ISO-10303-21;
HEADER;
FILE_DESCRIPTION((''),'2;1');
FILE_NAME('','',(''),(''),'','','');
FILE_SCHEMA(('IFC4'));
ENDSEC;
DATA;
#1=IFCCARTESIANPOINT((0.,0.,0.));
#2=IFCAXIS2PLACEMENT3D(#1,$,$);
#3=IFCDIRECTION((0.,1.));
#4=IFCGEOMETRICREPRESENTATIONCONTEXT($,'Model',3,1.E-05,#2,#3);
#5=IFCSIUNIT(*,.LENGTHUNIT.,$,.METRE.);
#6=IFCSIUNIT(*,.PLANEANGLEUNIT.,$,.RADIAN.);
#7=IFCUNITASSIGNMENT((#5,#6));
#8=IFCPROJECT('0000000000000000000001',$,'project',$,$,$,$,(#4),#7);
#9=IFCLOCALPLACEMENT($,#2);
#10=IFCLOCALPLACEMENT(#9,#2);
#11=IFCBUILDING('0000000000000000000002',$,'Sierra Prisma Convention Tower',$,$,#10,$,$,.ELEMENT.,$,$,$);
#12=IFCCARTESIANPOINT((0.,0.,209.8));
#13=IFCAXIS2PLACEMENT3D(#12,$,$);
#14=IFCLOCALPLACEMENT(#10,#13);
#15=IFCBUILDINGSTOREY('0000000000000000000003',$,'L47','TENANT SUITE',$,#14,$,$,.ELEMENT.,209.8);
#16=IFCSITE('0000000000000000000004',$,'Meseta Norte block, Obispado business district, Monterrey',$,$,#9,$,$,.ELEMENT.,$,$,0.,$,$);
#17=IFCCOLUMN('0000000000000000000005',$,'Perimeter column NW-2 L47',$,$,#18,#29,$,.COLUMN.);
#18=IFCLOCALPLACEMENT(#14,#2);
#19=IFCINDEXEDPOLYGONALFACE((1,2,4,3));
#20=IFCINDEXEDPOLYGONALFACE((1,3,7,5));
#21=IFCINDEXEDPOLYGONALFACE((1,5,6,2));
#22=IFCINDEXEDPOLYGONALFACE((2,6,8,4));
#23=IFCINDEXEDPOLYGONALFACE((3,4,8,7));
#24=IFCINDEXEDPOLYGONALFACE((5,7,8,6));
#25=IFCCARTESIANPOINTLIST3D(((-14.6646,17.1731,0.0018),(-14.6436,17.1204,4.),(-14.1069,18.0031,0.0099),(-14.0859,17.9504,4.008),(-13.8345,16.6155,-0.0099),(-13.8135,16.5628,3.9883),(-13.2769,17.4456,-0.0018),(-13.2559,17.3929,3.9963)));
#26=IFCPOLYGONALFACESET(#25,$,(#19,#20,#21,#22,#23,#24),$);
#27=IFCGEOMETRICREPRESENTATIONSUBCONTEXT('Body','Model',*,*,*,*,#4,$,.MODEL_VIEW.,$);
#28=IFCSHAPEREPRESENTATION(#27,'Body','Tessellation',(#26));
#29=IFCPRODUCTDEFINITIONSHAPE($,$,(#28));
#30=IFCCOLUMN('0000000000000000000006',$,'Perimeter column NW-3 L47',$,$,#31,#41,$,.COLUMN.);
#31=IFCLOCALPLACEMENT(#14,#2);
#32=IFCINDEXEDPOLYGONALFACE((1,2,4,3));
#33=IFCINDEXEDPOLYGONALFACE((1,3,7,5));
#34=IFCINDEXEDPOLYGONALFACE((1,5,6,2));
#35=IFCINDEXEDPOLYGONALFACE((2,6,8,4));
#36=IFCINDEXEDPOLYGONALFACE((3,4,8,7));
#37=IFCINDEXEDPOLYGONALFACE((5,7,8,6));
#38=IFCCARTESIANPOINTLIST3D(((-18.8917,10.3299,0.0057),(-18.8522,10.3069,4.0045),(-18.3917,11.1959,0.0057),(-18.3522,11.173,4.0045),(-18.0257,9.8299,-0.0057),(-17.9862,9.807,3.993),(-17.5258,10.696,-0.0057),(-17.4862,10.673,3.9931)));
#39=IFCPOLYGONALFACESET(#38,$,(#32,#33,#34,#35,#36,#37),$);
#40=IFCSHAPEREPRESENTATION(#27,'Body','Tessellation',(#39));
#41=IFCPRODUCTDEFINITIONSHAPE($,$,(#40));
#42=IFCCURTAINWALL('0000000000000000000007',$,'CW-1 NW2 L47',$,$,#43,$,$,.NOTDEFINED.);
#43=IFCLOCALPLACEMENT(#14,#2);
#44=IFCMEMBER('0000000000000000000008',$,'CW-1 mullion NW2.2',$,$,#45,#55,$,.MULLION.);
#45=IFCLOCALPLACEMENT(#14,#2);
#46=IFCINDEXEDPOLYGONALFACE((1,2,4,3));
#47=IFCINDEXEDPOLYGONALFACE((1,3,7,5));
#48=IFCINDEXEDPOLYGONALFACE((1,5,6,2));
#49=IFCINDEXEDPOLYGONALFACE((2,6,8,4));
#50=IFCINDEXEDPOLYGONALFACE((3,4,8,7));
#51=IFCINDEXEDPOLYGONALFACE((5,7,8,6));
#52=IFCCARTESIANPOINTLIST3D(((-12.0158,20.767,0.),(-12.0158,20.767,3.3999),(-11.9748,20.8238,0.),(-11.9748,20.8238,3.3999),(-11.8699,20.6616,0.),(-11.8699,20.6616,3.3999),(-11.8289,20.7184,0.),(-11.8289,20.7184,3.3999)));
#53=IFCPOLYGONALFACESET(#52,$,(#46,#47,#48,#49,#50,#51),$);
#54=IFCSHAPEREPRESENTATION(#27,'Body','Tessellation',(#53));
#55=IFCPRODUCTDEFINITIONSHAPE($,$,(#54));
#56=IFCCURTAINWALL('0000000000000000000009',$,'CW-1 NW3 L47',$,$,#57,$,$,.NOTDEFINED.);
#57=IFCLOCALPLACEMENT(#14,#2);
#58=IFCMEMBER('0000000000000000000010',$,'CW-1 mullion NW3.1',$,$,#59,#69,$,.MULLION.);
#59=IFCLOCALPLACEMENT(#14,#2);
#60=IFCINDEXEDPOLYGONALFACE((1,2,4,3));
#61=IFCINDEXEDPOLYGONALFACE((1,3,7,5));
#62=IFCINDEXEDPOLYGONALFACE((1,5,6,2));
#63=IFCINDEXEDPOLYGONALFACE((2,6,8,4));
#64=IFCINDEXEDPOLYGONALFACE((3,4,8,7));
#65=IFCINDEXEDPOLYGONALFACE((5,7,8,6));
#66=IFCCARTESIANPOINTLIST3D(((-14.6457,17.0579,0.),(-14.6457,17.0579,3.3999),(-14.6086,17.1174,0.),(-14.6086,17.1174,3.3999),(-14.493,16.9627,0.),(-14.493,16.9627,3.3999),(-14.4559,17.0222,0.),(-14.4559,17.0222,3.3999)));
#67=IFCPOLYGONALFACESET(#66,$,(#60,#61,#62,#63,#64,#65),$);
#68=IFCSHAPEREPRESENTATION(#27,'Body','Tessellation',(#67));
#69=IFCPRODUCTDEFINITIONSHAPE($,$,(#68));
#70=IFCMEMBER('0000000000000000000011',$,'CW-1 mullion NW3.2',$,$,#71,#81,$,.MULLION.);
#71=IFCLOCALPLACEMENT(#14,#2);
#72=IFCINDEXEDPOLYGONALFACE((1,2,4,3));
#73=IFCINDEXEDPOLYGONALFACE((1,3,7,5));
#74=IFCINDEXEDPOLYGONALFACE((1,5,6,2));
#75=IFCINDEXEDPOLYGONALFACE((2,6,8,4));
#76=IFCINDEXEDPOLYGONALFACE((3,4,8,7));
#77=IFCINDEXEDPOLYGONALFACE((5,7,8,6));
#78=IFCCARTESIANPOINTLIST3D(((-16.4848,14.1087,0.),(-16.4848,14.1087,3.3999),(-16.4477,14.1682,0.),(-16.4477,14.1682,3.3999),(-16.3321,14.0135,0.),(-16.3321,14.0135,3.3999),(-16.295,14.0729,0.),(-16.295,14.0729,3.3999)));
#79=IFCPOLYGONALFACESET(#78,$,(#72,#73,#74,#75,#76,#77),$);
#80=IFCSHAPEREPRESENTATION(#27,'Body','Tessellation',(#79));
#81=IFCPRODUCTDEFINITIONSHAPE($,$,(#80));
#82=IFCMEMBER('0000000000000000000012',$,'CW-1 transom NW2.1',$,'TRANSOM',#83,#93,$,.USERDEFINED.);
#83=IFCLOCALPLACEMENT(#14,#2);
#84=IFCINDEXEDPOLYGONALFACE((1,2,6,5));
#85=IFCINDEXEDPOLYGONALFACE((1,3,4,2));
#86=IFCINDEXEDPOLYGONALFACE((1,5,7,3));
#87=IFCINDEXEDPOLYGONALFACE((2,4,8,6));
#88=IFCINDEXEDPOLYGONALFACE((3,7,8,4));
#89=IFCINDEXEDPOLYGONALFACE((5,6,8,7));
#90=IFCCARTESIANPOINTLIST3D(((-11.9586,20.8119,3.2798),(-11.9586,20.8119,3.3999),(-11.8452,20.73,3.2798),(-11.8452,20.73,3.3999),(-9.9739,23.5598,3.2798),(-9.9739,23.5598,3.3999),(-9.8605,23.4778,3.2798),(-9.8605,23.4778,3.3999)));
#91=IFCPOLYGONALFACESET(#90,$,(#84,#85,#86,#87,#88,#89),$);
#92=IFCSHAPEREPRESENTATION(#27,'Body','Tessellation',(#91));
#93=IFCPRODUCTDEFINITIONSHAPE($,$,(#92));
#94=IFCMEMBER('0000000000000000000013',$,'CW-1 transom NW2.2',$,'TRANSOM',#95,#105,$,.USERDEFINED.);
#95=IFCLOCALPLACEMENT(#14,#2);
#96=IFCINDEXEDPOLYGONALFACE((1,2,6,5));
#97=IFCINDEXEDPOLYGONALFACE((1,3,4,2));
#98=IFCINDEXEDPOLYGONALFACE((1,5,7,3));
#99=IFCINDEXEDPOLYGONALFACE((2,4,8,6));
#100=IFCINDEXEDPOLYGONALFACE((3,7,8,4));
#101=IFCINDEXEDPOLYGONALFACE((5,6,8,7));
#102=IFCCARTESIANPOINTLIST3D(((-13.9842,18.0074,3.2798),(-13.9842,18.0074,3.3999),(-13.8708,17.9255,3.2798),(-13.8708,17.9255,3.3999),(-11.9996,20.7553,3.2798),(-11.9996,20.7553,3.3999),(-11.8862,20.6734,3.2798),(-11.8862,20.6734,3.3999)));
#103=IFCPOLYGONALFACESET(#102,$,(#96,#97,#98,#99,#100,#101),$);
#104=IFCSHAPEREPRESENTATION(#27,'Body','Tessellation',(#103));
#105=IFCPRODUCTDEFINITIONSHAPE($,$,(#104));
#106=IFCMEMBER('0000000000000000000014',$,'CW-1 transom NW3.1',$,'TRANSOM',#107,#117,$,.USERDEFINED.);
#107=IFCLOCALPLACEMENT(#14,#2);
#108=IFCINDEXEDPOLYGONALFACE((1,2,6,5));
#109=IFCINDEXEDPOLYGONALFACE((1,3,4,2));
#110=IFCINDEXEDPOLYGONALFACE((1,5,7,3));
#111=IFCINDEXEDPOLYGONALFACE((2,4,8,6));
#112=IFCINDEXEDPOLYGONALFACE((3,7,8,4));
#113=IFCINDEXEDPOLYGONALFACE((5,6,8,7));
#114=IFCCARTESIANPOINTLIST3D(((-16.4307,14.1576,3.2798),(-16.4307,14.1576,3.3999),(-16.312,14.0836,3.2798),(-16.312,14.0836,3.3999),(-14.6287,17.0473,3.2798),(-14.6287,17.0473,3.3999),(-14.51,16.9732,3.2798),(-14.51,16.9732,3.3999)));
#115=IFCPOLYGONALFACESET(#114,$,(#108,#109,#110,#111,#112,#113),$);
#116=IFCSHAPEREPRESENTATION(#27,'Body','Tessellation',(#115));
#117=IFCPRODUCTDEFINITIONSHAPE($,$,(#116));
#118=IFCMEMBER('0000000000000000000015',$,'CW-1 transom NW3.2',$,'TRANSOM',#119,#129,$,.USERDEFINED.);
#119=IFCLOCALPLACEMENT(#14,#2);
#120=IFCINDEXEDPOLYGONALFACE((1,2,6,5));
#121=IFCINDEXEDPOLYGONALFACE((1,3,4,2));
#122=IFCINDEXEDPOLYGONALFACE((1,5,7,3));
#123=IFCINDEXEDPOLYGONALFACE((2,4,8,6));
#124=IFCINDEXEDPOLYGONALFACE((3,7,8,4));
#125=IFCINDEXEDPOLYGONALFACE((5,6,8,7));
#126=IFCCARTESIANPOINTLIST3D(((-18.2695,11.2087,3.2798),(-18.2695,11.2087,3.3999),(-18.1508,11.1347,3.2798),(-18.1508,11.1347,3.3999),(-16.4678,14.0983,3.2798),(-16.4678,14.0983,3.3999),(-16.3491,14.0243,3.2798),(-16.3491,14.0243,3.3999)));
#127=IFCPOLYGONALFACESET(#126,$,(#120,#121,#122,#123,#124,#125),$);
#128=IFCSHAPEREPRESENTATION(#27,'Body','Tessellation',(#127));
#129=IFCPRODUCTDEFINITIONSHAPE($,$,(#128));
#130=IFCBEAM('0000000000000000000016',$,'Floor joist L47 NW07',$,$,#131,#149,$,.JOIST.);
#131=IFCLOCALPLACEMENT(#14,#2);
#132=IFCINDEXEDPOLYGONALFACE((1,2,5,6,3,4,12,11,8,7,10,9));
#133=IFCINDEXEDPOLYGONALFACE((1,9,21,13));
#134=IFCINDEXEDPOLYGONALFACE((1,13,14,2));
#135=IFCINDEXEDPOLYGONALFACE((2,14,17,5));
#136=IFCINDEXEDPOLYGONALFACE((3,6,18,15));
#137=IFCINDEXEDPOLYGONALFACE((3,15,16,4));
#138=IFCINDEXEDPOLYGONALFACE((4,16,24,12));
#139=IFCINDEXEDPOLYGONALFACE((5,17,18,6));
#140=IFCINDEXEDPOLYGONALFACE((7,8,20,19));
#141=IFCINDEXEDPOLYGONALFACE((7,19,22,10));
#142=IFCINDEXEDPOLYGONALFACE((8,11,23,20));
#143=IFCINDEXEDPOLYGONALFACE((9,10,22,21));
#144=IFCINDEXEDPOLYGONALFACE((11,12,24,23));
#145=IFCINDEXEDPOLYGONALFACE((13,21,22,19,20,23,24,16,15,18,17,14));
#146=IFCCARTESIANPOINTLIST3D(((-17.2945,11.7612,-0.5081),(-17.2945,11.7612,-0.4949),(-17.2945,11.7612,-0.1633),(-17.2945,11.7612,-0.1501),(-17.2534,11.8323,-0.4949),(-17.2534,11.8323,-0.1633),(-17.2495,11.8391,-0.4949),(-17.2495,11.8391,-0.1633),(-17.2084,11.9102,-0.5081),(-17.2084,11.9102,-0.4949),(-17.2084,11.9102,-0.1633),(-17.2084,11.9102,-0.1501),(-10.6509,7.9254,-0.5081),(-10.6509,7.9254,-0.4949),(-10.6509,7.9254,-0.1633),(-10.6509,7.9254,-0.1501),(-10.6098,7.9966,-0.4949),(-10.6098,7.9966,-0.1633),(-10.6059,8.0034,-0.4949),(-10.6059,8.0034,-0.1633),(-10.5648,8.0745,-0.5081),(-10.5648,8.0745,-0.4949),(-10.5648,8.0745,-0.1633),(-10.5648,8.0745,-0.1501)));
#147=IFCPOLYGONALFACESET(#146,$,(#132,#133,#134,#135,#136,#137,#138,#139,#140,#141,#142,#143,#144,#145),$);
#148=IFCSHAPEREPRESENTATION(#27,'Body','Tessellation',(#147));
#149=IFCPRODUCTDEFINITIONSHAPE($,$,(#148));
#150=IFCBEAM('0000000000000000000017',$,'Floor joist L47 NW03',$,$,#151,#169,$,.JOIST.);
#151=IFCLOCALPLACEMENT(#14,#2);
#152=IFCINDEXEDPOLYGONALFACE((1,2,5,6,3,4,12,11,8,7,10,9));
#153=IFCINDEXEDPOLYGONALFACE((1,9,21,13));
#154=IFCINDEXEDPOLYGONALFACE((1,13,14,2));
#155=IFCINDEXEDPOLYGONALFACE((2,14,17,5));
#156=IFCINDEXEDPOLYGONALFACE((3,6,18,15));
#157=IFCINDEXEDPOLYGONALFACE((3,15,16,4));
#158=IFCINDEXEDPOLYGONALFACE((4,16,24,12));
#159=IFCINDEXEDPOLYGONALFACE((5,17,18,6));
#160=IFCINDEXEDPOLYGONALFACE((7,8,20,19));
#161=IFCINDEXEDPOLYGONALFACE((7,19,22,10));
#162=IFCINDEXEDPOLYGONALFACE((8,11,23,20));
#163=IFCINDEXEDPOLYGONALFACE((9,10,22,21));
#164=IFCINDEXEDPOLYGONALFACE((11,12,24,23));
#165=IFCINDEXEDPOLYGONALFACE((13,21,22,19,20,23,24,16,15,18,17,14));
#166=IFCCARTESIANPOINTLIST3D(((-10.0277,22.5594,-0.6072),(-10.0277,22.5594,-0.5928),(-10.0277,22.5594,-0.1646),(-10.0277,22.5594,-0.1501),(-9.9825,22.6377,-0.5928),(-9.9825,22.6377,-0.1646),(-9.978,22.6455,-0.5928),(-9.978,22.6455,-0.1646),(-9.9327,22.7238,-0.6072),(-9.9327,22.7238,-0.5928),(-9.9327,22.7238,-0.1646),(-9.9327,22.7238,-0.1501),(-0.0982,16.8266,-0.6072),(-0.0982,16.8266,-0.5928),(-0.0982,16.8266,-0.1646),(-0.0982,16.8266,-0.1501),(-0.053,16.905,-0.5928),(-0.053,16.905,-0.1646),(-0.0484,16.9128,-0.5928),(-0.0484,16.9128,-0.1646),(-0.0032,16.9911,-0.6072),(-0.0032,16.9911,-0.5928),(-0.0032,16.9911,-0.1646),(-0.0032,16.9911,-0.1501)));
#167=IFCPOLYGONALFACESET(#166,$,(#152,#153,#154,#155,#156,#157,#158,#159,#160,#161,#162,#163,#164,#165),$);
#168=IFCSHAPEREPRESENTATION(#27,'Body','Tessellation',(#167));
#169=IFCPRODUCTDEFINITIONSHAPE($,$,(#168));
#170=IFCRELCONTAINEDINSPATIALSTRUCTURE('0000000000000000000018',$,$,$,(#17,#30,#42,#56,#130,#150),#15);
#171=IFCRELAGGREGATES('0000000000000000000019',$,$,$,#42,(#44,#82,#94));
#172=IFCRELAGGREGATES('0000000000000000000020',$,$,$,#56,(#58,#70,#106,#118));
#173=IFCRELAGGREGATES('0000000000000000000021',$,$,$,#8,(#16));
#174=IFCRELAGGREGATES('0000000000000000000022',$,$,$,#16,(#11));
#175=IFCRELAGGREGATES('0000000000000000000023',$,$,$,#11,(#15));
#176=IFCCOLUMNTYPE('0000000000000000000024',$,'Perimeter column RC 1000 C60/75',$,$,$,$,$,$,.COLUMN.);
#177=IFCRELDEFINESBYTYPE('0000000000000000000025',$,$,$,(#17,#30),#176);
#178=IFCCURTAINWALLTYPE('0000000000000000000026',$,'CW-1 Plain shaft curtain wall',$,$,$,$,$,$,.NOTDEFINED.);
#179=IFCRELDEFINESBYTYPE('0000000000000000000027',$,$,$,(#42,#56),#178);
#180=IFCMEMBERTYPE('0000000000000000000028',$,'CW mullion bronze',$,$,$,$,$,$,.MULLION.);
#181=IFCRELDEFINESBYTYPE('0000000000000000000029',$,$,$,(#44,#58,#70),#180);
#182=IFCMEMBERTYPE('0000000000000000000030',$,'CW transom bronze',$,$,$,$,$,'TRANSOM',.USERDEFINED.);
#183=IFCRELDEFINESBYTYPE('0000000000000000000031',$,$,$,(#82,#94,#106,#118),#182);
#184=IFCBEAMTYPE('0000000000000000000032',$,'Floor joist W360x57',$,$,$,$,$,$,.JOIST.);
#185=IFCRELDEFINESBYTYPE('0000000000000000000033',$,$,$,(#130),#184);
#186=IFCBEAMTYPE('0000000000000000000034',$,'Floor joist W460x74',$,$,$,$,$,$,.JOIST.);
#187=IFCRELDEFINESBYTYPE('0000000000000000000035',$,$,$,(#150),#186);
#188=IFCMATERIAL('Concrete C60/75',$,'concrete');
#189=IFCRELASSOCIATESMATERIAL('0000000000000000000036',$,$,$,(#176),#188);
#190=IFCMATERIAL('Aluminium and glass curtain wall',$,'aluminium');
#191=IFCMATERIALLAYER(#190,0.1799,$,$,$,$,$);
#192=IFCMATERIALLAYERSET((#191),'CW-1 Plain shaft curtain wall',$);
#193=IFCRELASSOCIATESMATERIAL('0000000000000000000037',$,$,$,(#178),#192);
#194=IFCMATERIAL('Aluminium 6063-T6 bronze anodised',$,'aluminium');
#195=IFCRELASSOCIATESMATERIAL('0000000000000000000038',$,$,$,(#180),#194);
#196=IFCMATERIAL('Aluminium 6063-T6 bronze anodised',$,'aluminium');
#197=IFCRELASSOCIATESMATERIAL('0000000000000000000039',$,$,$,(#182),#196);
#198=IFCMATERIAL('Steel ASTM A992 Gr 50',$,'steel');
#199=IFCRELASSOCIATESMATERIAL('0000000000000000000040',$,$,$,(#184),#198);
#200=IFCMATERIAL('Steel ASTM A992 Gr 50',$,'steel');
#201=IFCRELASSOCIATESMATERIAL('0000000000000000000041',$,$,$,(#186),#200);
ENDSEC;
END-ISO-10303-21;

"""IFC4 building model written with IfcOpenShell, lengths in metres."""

from ifc_helpers import new_model, si_unit, direction, frame, origin, origin_2d, place, context, subcontext, project, spatial, rectangle, i_section, extrude, clip, halfspace, material, layer, layer_set, material_profile, profile_set, type_object, element, aggregate, save


model = new_model("IFC4")

# Units and contexts
model_context = context("Model", 3, precision=1e-05, world=origin(), true_north=direction((0.0, 1.0)))
body_context = subcontext(model_context, "Body", "Model", "MODEL_VIEW")
ifc_project = project(units=[si_unit("LENGTHUNIT", "METRE"), si_unit("PLANEANGLEUNIT", "RADIAN")], contexts=[model_context])

# Site, building, storey
site_placement = place(None, origin())
site = spatial("IfcSite", under=ifc_project, at=site_placement, Name="Meseta Norte block, Obispado business district, Monterrey", CompositionType="ELEMENT", RefElevation=0.0)
building_placement = place(site_placement, origin())
building = spatial("IfcBuilding", under=site, at=building_placement, Name="Sierra Prisma Convention Tower", CompositionType="ELEMENT")
storey_placement = place(building_placement, frame((0.0, 0.0, 209.8)))
storey = spatial("IfcBuildingStorey", under=building, at=storey_placement, Name="L47", Description="TENANT SUITE", CompositionType="ELEMENT", Elevation=209.8)

# Columns
ifc_material_1 = material(Name="Concrete C60/75", Category="concrete")
ifc_material_profile_1 = material_profile(ifc_material_1, rectangle(XDim=1.0, YDim=1.0, at=origin_2d()), Name="Perimeter column RC 1000 C60/75")
ifc_profile_set_1 = profile_set([ifc_material_profile_1], Name="Concrete C60/75")
column_type = type_object("IfcColumnType", Name="Perimeter column RC 1000 C60/75", PredefinedType="COLUMN", material=ifc_profile_set_1)
column_1_placement = place(storey_placement, frame((-13.9707, 17.3093, 0.0), z_axis=(0.005248, -0.013182, 0.999899), x_axis=(0.557639, 0.830045, 0.008016)))
element("IfcColumn", 1, at=column_1_placement, inside=storey, type_object=column_type, Name="Perimeter column NW-2 L47", PredefinedType="COLUMN", context=body_context, shape_type="SweptSolid", body=[
    clip(extrude(rectangle(XDim=1.0, YDim=1.0, at=origin_2d()), origin(), (0.0, 0.0, 1.0), 4.0005), halfspace(frame((0.0, 0.0, 3.9985)), False)),
])
column_2_placement = place(storey_placement, frame((-18.2087, 10.5129, 0.0), z_axis=(0.009887, -0.005737, 0.999935), x_axis=(0.499976, 0.86604, 0.000025)))
element("IfcColumn", 2, at=column_2_placement, inside=storey, type_object=column_type, Name="Perimeter column NW-3 L47", PredefinedType="COLUMN", context=body_context, shape_type="SweptSolid", body=[
    clip(extrude(rectangle(XDim=1.0, YDim=1.0, at=origin_2d()), origin(), (0.0, 0.0, 1.0), 4.0002), halfspace(frame((0.0, 0.0, 3.999)), False)),
])

# Curtain wall, member
ifc_material_2 = material(Name="Aluminium and glass curtain wall", Category="aluminium")
ifc_layer_1 = layer(ifc_material_2, 0.1799)
ifc_layer_set_1 = layer_set([ifc_layer_1], Name="CW-1 Plain shaft curtain wall")
curtain_wall_type = type_object("IfcCurtainWallType", Name="CW-1 Plain shaft curtain wall", PredefinedType="NOTDEFINED", material=ifc_layer_set_1)
curtain_wall_1_placement = place(storey_placement, origin())
curtain_wall_1 = element("IfcCurtainWall", 3, at=curtain_wall_1_placement, inside=storey, type_object=curtain_wall_type, Name="CW-1 NW2 L47", PredefinedType="NOTDEFINED")
ifc_material_3 = material(Name="Aluminium 6063-T6 bronze anodised", Category="aluminium")
ifc_material_profile_2 = material_profile(ifc_material_3, rectangle(XDim=0.1799, YDim=0.0701, at=origin_2d()), Name="ALU MULLION 70x180")
ifc_profile_set_2 = profile_set([ifc_material_profile_2], Name="Aluminium 6063-T6 bronze anodised")
member_type_1 = type_object("IfcMemberType", Name="CW mullion bronze", PredefinedType="MULLION", material=ifc_profile_set_2)
member_1_placement = place(storey_placement, frame((-11.9224, 20.7427, 0.0), z_axis=(0.0, 0.0, 1.0), x_axis=(0.810658, -0.58552, 0.0)))
member_1 = element("IfcMember", 4, at=member_1_placement, type_object=member_type_1, Name="CW-1 mullion NW2.2", PredefinedType="MULLION", context=body_context, shape_type="SweptSolid", body=[
    extrude(rectangle(XDim=0.1799, YDim=0.0701, at=origin_2d()), origin(), (0.0, 0.0, 1.0), 3.3999),
])

# Curtain wall, members
curtain_wall_2_placement = place(storey_placement, origin())
curtain_wall_2 = element("IfcCurtainWall", 5, at=curtain_wall_2_placement, inside=storey, type_object=curtain_wall_type, Name="CW-1 NW3 L47", PredefinedType="NOTDEFINED")
member_2_placement = place(storey_placement, frame((-14.5508, 17.04, 0.0), z_axis=(0.0, 0.0, 1.0), x_axis=(0.848542, -0.529128, 0.0)))
member_2 = element("IfcMember", 6, at=member_2_placement, type_object=member_type_1, Name="CW-1 mullion NW3.1", PredefinedType="MULLION", context=body_context, shape_type="SweptSolid", body=[
    extrude(rectangle(XDim=0.1799, YDim=0.0701, at=origin_2d()), origin(), (0.0, 0.0, 1.0), 3.3999),
])
member_3_placement = place(storey_placement, frame((-16.3899, 14.0908, 0.0), z_axis=(0.0, 0.0, 1.0), x_axis=(0.848542, -0.529128, 0.0)))
member_3 = element("IfcMember", 7, at=member_3_placement, type_object=member_type_1, Name="CW-1 mullion NW3.2", PredefinedType="MULLION", context=body_context, shape_type="SweptSolid", body=[
    extrude(rectangle(XDim=0.1799, YDim=0.0701, at=origin_2d()), origin(), (0.0, 0.0, 1.0), 3.3999),
])

# Members
ifc_material_4 = material(Name="Aluminium 6063-T6 bronze anodised", Category="aluminium")
ifc_material_profile_3 = material_profile(ifc_material_4, rectangle(XDim=0.1399, YDim=0.1201, at=origin_2d()), Name="ALU TRANSOM 120x140")
ifc_profile_set_3 = profile_set([ifc_material_profile_3], Name="Aluminium 6063-T6 bronze anodised")
member_type_2 = type_object("IfcMemberType", Name="CW transom bronze", ElementType="TRANSOM", PredefinedType="USERDEFINED", material=ifc_profile_set_3)
member_4_placement = place(storey_placement, frame((-9.9172, 23.5188, 3.3398), z_axis=(-0.585509, -0.810666, 0.0), x_axis=(0.810666, -0.585509, 0.0)))
member_4 = element("IfcMember", 8, at=member_4_placement, type_object=member_type_2, Name="CW-1 transom NW2.1", ObjectType="TRANSOM", PredefinedType="USERDEFINED", context=body_context, shape_type="SweptSolid", body=[
    extrude(rectangle(XDim=0.1399, YDim=0.1201, at=origin_2d()), origin(), (0.0, 0.0, 1.0), 3.3896),
])
member_5_placement = place(storey_placement, frame((-11.9429, 20.7144, 3.3398), z_axis=(-0.585509, -0.810666, 0.0), x_axis=(0.810666, -0.585509, 0.0)))
member_5 = element("IfcMember", 9, at=member_5_placement, type_object=member_type_2, Name="CW-1 transom NW2.2", ObjectType="TRANSOM", PredefinedType="USERDEFINED", context=body_context, shape_type="SweptSolid", body=[
    extrude(rectangle(XDim=0.1399, YDim=0.1201, at=origin_2d()), origin(), (0.0, 0.0, 1.0), 3.3896),
])
member_6_placement = place(storey_placement, frame((-14.5693, 17.0103, 3.3398), z_axis=(-0.529148, -0.84853, 0.0), x_axis=(0.84853, -0.529148, 0.0)))
member_6 = element("IfcMember", 10, at=member_6_placement, type_object=member_type_2, Name="CW-1 transom NW3.1", ObjectType="TRANSOM", PredefinedType="USERDEFINED", context=body_context, shape_type="SweptSolid", body=[
    extrude(rectangle(XDim=0.1399, YDim=0.1201, at=origin_2d()), origin(), (0.0, 0.0, 1.0), 3.4055),
])
member_7_placement = place(storey_placement, frame((-16.4084, 14.0613, 3.3398), z_axis=(-0.529096, -0.848562, 0.0), x_axis=(0.848562, -0.529096, 0.0)))
member_7 = element("IfcMember", 11, at=member_7_placement, type_object=member_type_2, Name="CW-1 transom NW3.2", ObjectType="TRANSOM", PredefinedType="USERDEFINED", context=body_context, shape_type="SweptSolid", body=[
    extrude(rectangle(XDim=0.1399, YDim=0.1201, at=origin_2d()), origin(), (0.0, 0.0, 1.0), 3.4053),
])

# Beams
ifc_material_5 = material(Name="Steel ASTM A992 Gr 50", Category="steel")
ifc_material_profile_4 = material_profile(ifc_material_5, i_section(OverallWidth=0.1721, OverallDepth=0.3579, WebThickness=0.0078, FlangeThickness=0.0132, at=origin_2d()), Name="W360x57")
ifc_profile_set_4 = profile_set([ifc_material_profile_4], Name="Steel ASTM A992 Gr 50")
beam_type_1 = type_object("IfcBeamType", Name="Floor joist W360x57", PredefinedType="JOIST", material=ifc_profile_set_4)
beam_1_placement = place(storey_placement, frame((-17.2515, 11.8357, -0.3291), z_axis=(0.866023, -0.500003, 0.0), x_axis=(0.500003, 0.866023, 0.0)))
element("IfcBeam", 12, at=beam_1_placement, inside=storey, type_object=beam_type_1, Name="Floor joist L47 NW07", PredefinedType="JOIST", context=body_context, shape_type="SweptSolid", body=[
    extrude(i_section(OverallWidth=0.1721, OverallDepth=0.3579, WebThickness=0.0078, FlangeThickness=0.0132, at=origin_2d()), origin(), (0.0, 0.0, 1.0), 7.6714),
])
ifc_material_6 = material(Name="Steel ASTM A992 Gr 50", Category="steel")
ifc_material_profile_5 = material_profile(ifc_material_6, i_section(OverallWidth=0.1899, OverallDepth=0.457, WebThickness=0.009, FlangeThickness=0.0144, at=origin_2d()), Name="W460x74")
ifc_profile_set_5 = profile_set([ifc_material_profile_5], Name="Steel ASTM A992 Gr 50")
beam_type_2 = type_object("IfcBeamType", Name="Floor joist W460x74", PredefinedType="JOIST", material=ifc_profile_set_5)
beam_2_placement = place(storey_placement, frame((-9.9802, 22.6416, -0.3787), z_axis=(0.866029, -0.499993, 0.0), x_axis=(0.499993, 0.866029, 0.0)))
element("IfcBeam", 13, at=beam_2_placement, inside=storey, type_object=beam_type_2, Name="Floor joist L47 NW03", PredefinedType="JOIST", context=body_context, shape_type="SweptSolid", body=[
    extrude(i_section(OverallWidth=0.1899, OverallDepth=0.457, WebThickness=0.009, FlangeThickness=0.0144, at=origin_2d()), origin(), (0.0, 0.0, 1.0), 11.4656),
])

aggregate(curtain_wall_1, [member_1, member_4, member_5])
aggregate(curtain_wall_2, [member_2, member_3, member_6, member_7])

save(model, "model.ifc")
